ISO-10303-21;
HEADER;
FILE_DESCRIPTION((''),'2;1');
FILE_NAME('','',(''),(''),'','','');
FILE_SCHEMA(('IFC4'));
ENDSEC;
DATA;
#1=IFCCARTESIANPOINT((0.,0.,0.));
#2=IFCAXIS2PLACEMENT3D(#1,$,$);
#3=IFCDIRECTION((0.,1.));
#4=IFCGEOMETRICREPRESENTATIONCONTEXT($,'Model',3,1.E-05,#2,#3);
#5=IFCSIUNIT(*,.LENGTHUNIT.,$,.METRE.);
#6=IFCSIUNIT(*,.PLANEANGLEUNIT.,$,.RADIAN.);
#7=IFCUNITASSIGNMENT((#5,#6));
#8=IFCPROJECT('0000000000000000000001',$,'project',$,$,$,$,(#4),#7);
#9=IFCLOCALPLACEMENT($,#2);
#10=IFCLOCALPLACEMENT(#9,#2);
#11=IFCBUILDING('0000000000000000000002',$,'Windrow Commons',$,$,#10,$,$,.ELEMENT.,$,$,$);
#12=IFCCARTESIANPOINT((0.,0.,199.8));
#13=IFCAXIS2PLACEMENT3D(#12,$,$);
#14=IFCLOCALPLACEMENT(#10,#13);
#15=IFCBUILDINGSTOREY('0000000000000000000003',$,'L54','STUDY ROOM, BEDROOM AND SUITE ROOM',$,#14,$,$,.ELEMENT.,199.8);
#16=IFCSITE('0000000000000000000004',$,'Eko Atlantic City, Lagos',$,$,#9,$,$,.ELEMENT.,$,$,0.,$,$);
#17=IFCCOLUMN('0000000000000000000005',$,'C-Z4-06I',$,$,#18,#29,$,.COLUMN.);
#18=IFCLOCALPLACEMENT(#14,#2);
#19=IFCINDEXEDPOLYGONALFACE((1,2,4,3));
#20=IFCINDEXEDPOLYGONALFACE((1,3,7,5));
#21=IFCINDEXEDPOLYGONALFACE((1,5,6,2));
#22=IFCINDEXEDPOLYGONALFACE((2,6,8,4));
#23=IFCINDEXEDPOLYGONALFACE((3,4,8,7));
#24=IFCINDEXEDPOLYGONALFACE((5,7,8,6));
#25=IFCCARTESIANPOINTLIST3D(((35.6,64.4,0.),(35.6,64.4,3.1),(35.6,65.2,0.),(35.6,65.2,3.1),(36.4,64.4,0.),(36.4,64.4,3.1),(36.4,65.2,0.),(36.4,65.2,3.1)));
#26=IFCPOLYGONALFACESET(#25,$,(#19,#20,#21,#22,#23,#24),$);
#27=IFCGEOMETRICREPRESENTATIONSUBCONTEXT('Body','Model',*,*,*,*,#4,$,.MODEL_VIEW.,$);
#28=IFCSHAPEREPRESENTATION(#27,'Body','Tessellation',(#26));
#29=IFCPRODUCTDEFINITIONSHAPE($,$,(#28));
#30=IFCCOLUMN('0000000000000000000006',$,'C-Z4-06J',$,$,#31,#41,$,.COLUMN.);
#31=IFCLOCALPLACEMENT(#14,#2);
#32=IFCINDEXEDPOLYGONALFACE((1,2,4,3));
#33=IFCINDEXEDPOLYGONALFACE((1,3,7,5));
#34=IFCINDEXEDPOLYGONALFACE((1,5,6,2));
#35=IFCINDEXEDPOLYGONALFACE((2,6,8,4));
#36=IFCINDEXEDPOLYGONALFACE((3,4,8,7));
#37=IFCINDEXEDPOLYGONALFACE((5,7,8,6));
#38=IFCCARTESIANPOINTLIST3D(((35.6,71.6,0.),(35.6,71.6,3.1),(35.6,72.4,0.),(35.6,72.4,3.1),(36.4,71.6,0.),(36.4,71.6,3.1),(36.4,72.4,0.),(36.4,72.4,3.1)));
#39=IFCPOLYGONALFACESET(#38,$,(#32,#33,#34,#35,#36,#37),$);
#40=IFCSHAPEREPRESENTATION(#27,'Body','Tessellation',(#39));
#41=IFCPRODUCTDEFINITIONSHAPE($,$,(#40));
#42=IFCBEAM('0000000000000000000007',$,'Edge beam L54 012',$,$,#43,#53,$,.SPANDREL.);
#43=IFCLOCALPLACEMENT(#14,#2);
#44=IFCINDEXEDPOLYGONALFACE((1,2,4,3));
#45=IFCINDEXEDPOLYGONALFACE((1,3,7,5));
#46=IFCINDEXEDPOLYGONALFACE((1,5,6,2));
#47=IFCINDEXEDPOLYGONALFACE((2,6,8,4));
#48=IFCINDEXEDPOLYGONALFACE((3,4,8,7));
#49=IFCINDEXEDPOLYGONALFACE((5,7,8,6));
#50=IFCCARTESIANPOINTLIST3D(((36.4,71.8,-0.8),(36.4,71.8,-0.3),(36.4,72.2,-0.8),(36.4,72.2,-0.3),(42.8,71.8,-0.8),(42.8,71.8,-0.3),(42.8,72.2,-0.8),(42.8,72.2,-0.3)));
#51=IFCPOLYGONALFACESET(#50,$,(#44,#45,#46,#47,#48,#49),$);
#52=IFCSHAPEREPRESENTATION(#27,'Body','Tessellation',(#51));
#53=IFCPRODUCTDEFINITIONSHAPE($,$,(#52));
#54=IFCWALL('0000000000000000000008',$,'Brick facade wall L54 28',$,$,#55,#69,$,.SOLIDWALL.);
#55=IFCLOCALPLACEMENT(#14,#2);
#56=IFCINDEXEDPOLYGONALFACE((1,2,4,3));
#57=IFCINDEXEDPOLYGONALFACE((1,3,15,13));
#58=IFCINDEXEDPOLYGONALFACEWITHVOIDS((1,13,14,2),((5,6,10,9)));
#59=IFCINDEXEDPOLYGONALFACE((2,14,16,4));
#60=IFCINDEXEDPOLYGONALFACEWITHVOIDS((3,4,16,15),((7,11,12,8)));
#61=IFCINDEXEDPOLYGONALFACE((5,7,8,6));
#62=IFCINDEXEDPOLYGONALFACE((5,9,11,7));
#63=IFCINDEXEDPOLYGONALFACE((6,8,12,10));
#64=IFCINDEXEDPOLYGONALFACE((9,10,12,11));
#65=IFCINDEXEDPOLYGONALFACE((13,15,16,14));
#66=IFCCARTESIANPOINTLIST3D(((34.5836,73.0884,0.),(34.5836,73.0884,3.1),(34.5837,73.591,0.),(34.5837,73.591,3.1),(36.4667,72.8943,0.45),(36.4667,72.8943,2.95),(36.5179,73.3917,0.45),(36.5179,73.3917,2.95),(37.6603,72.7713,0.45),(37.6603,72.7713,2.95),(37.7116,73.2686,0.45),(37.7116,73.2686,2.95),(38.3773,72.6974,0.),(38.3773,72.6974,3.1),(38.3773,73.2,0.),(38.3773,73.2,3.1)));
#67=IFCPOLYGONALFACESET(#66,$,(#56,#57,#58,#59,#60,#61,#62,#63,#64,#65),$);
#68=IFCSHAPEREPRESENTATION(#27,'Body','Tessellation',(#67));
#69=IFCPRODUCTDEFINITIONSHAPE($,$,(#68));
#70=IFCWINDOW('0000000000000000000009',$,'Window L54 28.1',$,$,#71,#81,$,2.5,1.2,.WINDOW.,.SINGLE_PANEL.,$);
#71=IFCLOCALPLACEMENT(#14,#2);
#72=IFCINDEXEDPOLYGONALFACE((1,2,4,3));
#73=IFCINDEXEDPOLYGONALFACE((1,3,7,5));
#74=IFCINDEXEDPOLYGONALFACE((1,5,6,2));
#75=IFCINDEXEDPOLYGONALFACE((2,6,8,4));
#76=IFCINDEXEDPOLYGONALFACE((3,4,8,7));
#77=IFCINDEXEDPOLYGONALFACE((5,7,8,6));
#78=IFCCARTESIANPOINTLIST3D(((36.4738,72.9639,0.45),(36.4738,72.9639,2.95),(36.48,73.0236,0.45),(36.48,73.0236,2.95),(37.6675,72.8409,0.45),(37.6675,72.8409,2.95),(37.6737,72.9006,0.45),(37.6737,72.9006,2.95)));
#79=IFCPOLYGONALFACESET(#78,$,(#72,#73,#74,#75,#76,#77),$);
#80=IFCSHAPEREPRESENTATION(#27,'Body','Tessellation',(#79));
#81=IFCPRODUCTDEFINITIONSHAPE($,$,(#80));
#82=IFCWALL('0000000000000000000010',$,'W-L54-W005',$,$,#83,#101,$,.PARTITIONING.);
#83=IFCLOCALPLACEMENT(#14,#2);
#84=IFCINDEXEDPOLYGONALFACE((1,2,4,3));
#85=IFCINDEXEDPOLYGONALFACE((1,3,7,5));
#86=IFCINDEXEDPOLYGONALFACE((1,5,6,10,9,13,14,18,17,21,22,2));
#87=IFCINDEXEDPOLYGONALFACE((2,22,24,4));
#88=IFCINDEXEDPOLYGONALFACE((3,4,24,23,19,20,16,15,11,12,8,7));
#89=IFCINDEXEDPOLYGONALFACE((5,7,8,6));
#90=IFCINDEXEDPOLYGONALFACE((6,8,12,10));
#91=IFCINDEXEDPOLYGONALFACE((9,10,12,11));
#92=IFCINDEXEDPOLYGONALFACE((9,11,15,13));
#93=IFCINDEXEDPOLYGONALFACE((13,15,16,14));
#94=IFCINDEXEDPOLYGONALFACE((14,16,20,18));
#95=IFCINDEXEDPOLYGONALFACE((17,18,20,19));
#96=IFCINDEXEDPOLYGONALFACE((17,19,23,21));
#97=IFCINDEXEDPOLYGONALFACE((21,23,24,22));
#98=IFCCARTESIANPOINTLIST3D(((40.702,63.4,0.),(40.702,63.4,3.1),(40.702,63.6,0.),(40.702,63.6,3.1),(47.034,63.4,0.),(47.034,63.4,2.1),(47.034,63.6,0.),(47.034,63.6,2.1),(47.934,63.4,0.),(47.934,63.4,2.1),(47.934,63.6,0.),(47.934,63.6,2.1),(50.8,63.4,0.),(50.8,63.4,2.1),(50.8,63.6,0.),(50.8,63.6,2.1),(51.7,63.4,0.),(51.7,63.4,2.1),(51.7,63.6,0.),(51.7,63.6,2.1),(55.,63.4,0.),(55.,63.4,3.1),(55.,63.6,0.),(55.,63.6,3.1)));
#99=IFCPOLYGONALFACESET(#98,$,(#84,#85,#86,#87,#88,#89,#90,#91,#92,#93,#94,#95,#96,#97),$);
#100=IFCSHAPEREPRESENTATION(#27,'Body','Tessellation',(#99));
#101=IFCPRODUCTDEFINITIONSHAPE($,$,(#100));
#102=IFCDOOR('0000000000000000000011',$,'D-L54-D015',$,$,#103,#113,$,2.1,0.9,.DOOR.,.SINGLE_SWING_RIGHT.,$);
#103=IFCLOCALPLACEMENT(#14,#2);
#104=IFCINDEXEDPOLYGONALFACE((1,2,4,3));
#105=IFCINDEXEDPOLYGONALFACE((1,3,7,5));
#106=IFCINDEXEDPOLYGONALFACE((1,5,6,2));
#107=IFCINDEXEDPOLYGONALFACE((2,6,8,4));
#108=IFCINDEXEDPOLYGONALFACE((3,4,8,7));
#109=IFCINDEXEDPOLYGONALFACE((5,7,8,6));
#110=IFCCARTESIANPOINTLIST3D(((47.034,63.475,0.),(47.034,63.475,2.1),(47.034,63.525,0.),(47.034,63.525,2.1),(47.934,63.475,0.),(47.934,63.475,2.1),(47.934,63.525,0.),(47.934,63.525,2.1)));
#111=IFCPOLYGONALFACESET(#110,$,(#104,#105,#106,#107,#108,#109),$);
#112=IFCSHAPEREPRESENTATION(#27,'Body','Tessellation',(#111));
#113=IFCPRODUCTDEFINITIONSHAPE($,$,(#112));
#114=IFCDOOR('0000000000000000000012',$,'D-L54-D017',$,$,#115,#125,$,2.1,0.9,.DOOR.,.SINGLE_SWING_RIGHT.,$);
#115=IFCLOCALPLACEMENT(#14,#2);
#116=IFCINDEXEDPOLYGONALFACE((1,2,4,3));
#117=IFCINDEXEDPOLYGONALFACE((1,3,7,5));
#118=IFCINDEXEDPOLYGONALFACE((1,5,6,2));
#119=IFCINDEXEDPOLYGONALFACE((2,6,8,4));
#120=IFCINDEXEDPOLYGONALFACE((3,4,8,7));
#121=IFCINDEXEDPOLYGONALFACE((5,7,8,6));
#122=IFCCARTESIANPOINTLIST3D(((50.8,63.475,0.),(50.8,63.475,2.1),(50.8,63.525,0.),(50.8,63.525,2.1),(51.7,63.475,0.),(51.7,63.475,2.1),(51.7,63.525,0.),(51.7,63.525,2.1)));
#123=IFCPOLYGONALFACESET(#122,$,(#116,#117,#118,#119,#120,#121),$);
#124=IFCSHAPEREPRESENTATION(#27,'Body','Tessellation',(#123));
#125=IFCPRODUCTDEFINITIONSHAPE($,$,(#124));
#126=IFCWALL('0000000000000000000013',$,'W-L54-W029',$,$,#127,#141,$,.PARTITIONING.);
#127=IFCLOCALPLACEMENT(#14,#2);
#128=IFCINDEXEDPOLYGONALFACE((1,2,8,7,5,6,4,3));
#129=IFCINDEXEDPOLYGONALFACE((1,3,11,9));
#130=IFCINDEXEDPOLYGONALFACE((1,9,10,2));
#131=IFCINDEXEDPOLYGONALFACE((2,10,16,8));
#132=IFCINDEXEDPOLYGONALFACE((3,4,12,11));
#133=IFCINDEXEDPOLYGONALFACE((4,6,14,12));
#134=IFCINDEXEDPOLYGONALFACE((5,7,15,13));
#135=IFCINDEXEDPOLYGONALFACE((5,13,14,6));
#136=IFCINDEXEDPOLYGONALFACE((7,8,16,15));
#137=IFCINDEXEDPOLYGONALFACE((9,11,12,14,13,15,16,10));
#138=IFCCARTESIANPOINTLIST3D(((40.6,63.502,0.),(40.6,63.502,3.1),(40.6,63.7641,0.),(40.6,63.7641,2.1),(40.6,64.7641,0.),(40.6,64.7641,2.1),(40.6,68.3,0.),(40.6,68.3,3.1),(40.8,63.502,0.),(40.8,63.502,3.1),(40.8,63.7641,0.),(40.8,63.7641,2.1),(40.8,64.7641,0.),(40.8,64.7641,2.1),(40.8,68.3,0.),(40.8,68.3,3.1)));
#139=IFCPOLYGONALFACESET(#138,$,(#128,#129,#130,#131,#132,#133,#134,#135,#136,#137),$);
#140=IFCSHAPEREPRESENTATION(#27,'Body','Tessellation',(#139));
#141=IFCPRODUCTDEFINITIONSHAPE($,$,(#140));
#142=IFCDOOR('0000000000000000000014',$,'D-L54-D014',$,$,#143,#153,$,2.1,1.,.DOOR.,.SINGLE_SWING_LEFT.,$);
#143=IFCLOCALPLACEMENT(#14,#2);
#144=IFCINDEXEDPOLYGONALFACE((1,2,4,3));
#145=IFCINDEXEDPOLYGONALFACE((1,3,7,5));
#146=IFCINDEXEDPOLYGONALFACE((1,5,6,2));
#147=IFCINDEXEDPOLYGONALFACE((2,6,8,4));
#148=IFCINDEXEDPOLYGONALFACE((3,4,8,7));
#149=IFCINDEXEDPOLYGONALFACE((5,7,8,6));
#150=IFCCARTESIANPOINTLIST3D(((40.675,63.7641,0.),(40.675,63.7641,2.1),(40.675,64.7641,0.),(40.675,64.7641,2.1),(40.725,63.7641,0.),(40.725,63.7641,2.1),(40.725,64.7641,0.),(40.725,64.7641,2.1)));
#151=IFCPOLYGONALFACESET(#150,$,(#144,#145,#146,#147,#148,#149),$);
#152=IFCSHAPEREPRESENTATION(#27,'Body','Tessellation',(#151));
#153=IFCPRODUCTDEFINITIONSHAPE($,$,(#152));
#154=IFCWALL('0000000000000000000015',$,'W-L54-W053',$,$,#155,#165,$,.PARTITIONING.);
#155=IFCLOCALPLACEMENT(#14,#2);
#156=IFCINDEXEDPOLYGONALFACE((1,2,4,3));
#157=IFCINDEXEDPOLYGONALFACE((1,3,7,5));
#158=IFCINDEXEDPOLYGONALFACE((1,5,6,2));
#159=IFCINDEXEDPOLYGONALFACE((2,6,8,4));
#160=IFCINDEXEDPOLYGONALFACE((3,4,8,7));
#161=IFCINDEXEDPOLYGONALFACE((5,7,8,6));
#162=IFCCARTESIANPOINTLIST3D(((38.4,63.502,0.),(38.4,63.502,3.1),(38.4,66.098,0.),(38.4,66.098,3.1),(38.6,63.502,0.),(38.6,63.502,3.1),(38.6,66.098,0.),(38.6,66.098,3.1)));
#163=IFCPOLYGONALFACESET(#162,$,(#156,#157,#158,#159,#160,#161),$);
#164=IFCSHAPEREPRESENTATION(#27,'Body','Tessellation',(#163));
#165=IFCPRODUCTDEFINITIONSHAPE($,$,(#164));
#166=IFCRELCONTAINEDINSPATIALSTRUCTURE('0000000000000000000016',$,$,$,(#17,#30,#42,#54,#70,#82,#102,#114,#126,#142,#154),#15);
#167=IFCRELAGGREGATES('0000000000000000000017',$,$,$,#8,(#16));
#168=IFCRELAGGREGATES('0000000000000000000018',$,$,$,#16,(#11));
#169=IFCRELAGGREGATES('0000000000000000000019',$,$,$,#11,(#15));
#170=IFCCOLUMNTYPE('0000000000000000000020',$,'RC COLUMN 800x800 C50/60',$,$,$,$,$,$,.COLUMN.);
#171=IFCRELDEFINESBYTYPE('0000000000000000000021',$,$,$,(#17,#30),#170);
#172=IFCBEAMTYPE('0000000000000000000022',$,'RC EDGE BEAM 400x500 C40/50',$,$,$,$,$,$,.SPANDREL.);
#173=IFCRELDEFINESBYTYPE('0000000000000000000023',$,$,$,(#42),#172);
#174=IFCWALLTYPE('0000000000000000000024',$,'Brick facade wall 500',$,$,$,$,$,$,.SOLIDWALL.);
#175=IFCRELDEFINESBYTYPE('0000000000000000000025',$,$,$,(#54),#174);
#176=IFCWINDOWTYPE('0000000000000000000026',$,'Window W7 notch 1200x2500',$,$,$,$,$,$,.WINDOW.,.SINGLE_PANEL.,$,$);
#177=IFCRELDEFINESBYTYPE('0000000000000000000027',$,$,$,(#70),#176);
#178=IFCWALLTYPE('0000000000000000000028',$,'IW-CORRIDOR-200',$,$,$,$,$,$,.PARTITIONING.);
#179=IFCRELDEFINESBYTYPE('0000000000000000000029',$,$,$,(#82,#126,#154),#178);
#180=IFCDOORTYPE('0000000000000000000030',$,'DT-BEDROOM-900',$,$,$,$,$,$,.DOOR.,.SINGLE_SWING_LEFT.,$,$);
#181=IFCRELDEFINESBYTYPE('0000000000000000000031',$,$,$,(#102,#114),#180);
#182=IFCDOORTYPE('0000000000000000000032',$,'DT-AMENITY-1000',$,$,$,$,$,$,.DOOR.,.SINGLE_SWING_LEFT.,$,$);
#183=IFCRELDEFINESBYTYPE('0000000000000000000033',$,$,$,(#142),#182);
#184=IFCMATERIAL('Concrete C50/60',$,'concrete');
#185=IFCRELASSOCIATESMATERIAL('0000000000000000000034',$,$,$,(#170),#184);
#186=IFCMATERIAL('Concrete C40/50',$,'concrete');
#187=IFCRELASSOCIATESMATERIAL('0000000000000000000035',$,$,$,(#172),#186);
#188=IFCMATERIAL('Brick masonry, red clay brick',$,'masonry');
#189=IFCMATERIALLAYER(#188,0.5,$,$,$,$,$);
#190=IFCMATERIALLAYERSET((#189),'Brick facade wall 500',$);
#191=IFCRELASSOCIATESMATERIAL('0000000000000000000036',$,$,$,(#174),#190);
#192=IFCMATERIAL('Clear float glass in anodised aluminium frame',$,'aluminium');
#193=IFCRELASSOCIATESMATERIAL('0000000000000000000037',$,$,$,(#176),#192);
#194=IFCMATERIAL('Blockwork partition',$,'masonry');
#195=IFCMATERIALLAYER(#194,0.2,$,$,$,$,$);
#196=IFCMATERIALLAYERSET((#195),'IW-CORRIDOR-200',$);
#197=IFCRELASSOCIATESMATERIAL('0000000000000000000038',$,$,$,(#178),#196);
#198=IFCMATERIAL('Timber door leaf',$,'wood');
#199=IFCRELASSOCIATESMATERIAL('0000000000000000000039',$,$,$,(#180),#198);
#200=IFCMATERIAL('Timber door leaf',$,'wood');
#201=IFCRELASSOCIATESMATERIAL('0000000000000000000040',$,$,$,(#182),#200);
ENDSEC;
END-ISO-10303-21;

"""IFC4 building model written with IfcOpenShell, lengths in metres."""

from ifc_helpers import new_model, si_unit, direction, frame, frame_2d, origin, origin_2d, place, context, subcontext, project, spatial, polyline, rectangle, outline, extrude, material, layer, layer_set, material_profile, profile_set, type_object, element, fill, save


model = new_model("IFC4")

# Units and contexts
model_context = context("Model", 3, precision=1e-05, world=origin(), true_north=direction((0.0, 1.0)))
body_context = subcontext(model_context, "Body", "Model", "MODEL_VIEW")
ifc_project = project(units=[si_unit("LENGTHUNIT", "METRE"), si_unit("PLANEANGLEUNIT", "RADIAN")], contexts=[model_context])

# Site, building, storey
site_placement = place(None, origin())
site = spatial("IfcSite", under=ifc_project, at=site_placement, Name="Eko Atlantic City, Lagos", CompositionType="ELEMENT", RefElevation=0.0)
building_placement = place(site_placement, origin())
building = spatial("IfcBuilding", under=site, at=building_placement, Name="Windrow Commons", CompositionType="ELEMENT")
storey_placement = place(building_placement, frame((0.0, 0.0, 199.8)))
storey = spatial("IfcBuildingStorey", under=building, at=storey_placement, Name="L54", Description="STUDY ROOM, BEDROOM AND SUITE ROOM", CompositionType="ELEMENT", Elevation=199.8)

# Columns
ifc_material_1 = material(Name="Concrete C50/60", Category="concrete")
ifc_material_profile_1 = material_profile(ifc_material_1, rectangle(XDim=0.8, YDim=0.8, at=origin_2d()))
ifc_profile_set_1 = profile_set([ifc_material_profile_1], Name="Concrete C50/60")
column_type = type_object("IfcColumnType", Name="RC COLUMN 800x800 C50/60", PredefinedType="COLUMN", material=ifc_profile_set_1)
for number, where, z_axis, x_axis, name in (
    (1, (36.0, 64.8, 0.0), (0.0, 0.0, 1.0), (1.0, 0.0, 0.0), "C-Z4-06I"),
    (2, (36.0, 72.0, 0.0), (0.0, 0.0, 1.0), (1.0, 0.0, 0.0), "C-Z4-06J"),
):
    element("IfcColumn", number, at=place(storey_placement, frame(where, z_axis=z_axis, x_axis=x_axis)), inside=storey, type_object=column_type, Name=name, PredefinedType="COLUMN", context=body_context, shape_type="SweptSolid", body=[
        extrude(rectangle(XDim=0.8, YDim=0.8, at=origin_2d()), origin(), (0.0, 0.0, 1.0), 3.1),
    ])

# Beam
ifc_material_2 = material(Name="Concrete C40/50", Category="concrete")
ifc_material_profile_2 = material_profile(ifc_material_2, rectangle(XDim=0.4, YDim=0.5, at=origin_2d()))
ifc_profile_set_2 = profile_set([ifc_material_profile_2], Name="Concrete C40/50")
beam_type = type_object("IfcBeamType", Name="RC EDGE BEAM 400x500 C40/50", PredefinedType="SPANDREL", material=ifc_profile_set_2)
beam_placement = place(storey_placement, frame((36.4, 72.0, -0.55), z_axis=(1.0, 0.0, 0.0), x_axis=(0.0, 1.0, 0.0)))
element("IfcBeam", 3, at=beam_placement, inside=storey, type_object=beam_type, Name="Edge beam L54 012", PredefinedType="SPANDREL", context=body_context, shape_type="SweptSolid", body=[
    extrude(rectangle(XDim=0.4, YDim=0.5, at=origin_2d()), origin(), (0.0, 0.0, 1.0), 6.4),
])

# Wall, opening, window
ifc_material_3 = material(Name="Brick masonry, red clay brick", Category="masonry")
ifc_layer_1 = layer(ifc_material_3, 0.5)
ifc_layer_set_1 = layer_set([ifc_layer_1], Name="Brick facade wall 500")
wall_type_1 = type_object("IfcWallType", Name="Brick facade wall 500", PredefinedType="SOLIDWALL", material=ifc_layer_set_1)
wall_1_placement = place(storey_placement, frame((38.3773, 72.9487, 0.0), z_axis=(0.0, 0.0, 1.0), x_axis=(-0.994731, 0.102523, 0.0)))
wall_1 = element("IfcWall", 4, at=wall_1_placement, inside=storey, type_object=wall_type_1, Name="Brick facade wall L54 28", PredefinedType="SOLIDWALL", context=body_context, shape_type="SweptSolid", body=[
    extrude(outline(polyline([(0.0258, -0.25), (3.8395, -0.25), (3.788, 0.25), (-0.0258, 0.25), (0.0258, -0.25)])), origin(), (0.0, 0.0, 1.0), 3.1),
])
opening_1_placement = place(wall_1_placement, frame((0.695, 0.0, 0.45)))
opening_1 = element("IfcOpeningElement", 5, at=opening_1_placement, cuts=wall_1, PredefinedType="OPENING", context=body_context, shape_type="SweptSolid", body=[
    extrude(rectangle(XDim=1.2, YDim=2.5, at=frame_2d((0.6, 1.25))), frame((0.0, 0.26, 0.0), z_axis=(0.0, -1.0, 0.0), x_axis=(1.0, 0.0, 0.0)), (0.0, 0.0, 1.0), 0.52),
])
ifc_material_4 = material(Name="Clear float glass in anodised aluminium frame", Category="aluminium")
window_type = type_object("IfcWindowType", Name="Window W7 notch 1200x2500", PartitioningType="SINGLE_PANEL", PredefinedType="WINDOW", material=ifc_material_4)
window_placement = place(opening_1_placement, origin())
window = element("IfcWindow", 6, at=window_placement, inside=storey, type_object=window_type, Name="Window L54 28.1", OverallHeight=2.5, OverallWidth=1.2, PartitioningType="SINGLE_PANEL", PredefinedType="WINDOW", context=body_context, shape_type="SweptSolid", body=[
    extrude(rectangle(XDim=1.2, YDim=2.5, at=frame_2d((0.6, 1.25))), frame((0.0, 0.18, 0.0), z_axis=(0.0, -1.0, 0.0), x_axis=(1.0, 0.0, 0.0)), (0.0, 0.0, 1.0), 0.06),
])
fill(opening_1, window)

# Wall, openings, doors
ifc_material_5 = material(Name="Blockwork partition", Category="masonry")
ifc_layer_2 = layer(ifc_material_5, 0.2)
ifc_layer_set_2 = layer_set([ifc_layer_2], Name="IW-CORRIDOR-200")
wall_type_2 = type_object("IfcWallType", Name="IW-CORRIDOR-200", PredefinedType="PARTITIONING", material=ifc_layer_set_2)
wall_2_placement = place(storey_placement, frame((40.702, 63.5, 0.0), z_axis=(0.0, 0.0, 1.0), x_axis=(1.0, 0.0, 0.0)))
wall_2 = element("IfcWall", 7, at=wall_2_placement, inside=storey, type_object=wall_type_2, Name="W-L54-W005", PredefinedType="PARTITIONING", context=body_context, shape_type="SweptSolid", body=[
    extrude(rectangle(XDim=14.298, YDim=0.2, at=frame_2d((7.149, 0.0))), origin(), (0.0, 0.0, 1.0), 3.1),
])
opening_2_placement = place(wall_2_placement, frame((6.332, 0.0, 0.0)))
opening_2 = element("IfcOpeningElement", 8, at=opening_2_placement, cuts=wall_2, PredefinedType="OPENING", context=body_context, shape_type="SweptSolid", body=[
    extrude(rectangle(XDim=0.9, YDim=2.1, at=frame_2d((0.45, 1.05))), frame((0.0, 0.11, 0.0), z_axis=(0.0, -1.0, 0.0), x_axis=(1.0, 0.0, 0.0)), (0.0, 0.0, 1.0), 0.22),
])
opening_3_placement = place(wall_2_placement, frame((10.098, 0.0, 0.0)))
opening_3 = element("IfcOpeningElement", 9, at=opening_3_placement, cuts=wall_2, PredefinedType="OPENING", context=body_context, shape_type="SweptSolid", body=[
    extrude(rectangle(XDim=0.9, YDim=2.1, at=frame_2d((0.45, 1.05))), frame((0.0, 0.11, 0.0), z_axis=(0.0, -1.0, 0.0), x_axis=(1.0, 0.0, 0.0)), (0.0, 0.0, 1.0), 0.22),
])
ifc_material_6 = material(Name="Timber door leaf", Category="wood")
door_type_1 = type_object("IfcDoorType", Name="DT-BEDROOM-900", OperationType="SINGLE_SWING_LEFT", PredefinedType="DOOR", material=ifc_material_6)
door_1_placement = place(opening_2_placement, origin())
door_1 = element("IfcDoor", 10, at=door_1_placement, inside=storey, type_object=door_type_1, Name="D-L54-D015", OperationType="SINGLE_SWING_RIGHT", OverallHeight=2.1, OverallWidth=0.9, PredefinedType="DOOR", context=body_context, shape_type="SweptSolid", body=[
    extrude(rectangle(XDim=0.9, YDim=2.1, at=frame_2d((0.45, 1.05))), frame((0.0, 0.025, 0.0), z_axis=(0.0, -1.0, 0.0), x_axis=(1.0, 0.0, 0.0)), (0.0, 0.0, 1.0), 0.05),
])
fill(opening_2, door_1)
door_2_placement = place(opening_3_placement, origin())
door_2 = element("IfcDoor", 11, at=door_2_placement, inside=storey, type_object=door_type_1, Name="D-L54-D017", OperationType="SINGLE_SWING_RIGHT", OverallHeight=2.1, OverallWidth=0.9, PredefinedType="DOOR", context=body_context, shape_type="SweptSolid", body=[
    extrude(rectangle(XDim=0.9, YDim=2.1, at=frame_2d((0.45, 1.05))), frame((0.0, 0.025, 0.0), z_axis=(0.0, -1.0, 0.0), x_axis=(1.0, 0.0, 0.0)), (0.0, 0.0, 1.0), 0.05),
])
fill(opening_3, door_2)

# Wall, opening, door
wall_3_placement = place(storey_placement, frame((40.7, 63.502, 0.0), z_axis=(0.0, 0.0, 1.0), x_axis=(0.0, 1.0, 0.0)))
wall_3 = element("IfcWall", 12, at=wall_3_placement, inside=storey, type_object=wall_type_2, Name="W-L54-W029", PredefinedType="PARTITIONING", context=body_context, shape_type="SweptSolid", body=[
    extrude(rectangle(XDim=4.798, YDim=0.2, at=frame_2d((2.399, 0.0))), origin(), (0.0, 0.0, 1.0), 3.1),
])
opening_4_placement = place(wall_3_placement, frame((0.2621, 0.0, 0.0)))
opening_4 = element("IfcOpeningElement", 13, at=opening_4_placement, cuts=wall_3, PredefinedType="OPENING", context=body_context, shape_type="SweptSolid", body=[
    extrude(rectangle(XDim=1.0, YDim=2.1, at=frame_2d((0.5, 1.05))), frame((0.0, 0.11, 0.0), z_axis=(0.0, -1.0, 0.0), x_axis=(1.0, 0.0, 0.0)), (0.0, 0.0, 1.0), 0.22),
])
ifc_material_7 = material(Name="Timber door leaf", Category="wood")
door_type_2 = type_object("IfcDoorType", Name="DT-AMENITY-1000", OperationType="SINGLE_SWING_LEFT", PredefinedType="DOOR", material=ifc_material_7)
door_3_placement = place(opening_4_placement, origin())
door_3 = element("IfcDoor", 14, at=door_3_placement, inside=storey, type_object=door_type_2, Name="D-L54-D014", OperationType="SINGLE_SWING_LEFT", OverallHeight=2.1, OverallWidth=1.0, PredefinedType="DOOR", context=body_context, shape_type="SweptSolid", body=[
    extrude(rectangle(XDim=1.0, YDim=2.1, at=frame_2d((0.5, 1.05))), frame((0.0, 0.025, 0.0), z_axis=(0.0, -1.0, 0.0), x_axis=(1.0, 0.0, 0.0)), (0.0, 0.0, 1.0), 0.05),
])
fill(opening_4, door_3)

# Wall
wall_4_placement = place(storey_placement, frame((38.5, 63.502, 0.0), z_axis=(0.0, 0.0, 1.0), x_axis=(0.0, 1.0, 0.0)))
element("IfcWall", 15, at=wall_4_placement, inside=storey, type_object=wall_type_2, Name="W-L54-W053", PredefinedType="PARTITIONING", context=body_context, shape_type="SweptSolid", body=[
    extrude(rectangle(XDim=2.596, YDim=0.2, at=frame_2d((1.298, 0.0))), origin(), (0.0, 0.0, 1.0), 3.1),
])

save(model, "model.ifc")
